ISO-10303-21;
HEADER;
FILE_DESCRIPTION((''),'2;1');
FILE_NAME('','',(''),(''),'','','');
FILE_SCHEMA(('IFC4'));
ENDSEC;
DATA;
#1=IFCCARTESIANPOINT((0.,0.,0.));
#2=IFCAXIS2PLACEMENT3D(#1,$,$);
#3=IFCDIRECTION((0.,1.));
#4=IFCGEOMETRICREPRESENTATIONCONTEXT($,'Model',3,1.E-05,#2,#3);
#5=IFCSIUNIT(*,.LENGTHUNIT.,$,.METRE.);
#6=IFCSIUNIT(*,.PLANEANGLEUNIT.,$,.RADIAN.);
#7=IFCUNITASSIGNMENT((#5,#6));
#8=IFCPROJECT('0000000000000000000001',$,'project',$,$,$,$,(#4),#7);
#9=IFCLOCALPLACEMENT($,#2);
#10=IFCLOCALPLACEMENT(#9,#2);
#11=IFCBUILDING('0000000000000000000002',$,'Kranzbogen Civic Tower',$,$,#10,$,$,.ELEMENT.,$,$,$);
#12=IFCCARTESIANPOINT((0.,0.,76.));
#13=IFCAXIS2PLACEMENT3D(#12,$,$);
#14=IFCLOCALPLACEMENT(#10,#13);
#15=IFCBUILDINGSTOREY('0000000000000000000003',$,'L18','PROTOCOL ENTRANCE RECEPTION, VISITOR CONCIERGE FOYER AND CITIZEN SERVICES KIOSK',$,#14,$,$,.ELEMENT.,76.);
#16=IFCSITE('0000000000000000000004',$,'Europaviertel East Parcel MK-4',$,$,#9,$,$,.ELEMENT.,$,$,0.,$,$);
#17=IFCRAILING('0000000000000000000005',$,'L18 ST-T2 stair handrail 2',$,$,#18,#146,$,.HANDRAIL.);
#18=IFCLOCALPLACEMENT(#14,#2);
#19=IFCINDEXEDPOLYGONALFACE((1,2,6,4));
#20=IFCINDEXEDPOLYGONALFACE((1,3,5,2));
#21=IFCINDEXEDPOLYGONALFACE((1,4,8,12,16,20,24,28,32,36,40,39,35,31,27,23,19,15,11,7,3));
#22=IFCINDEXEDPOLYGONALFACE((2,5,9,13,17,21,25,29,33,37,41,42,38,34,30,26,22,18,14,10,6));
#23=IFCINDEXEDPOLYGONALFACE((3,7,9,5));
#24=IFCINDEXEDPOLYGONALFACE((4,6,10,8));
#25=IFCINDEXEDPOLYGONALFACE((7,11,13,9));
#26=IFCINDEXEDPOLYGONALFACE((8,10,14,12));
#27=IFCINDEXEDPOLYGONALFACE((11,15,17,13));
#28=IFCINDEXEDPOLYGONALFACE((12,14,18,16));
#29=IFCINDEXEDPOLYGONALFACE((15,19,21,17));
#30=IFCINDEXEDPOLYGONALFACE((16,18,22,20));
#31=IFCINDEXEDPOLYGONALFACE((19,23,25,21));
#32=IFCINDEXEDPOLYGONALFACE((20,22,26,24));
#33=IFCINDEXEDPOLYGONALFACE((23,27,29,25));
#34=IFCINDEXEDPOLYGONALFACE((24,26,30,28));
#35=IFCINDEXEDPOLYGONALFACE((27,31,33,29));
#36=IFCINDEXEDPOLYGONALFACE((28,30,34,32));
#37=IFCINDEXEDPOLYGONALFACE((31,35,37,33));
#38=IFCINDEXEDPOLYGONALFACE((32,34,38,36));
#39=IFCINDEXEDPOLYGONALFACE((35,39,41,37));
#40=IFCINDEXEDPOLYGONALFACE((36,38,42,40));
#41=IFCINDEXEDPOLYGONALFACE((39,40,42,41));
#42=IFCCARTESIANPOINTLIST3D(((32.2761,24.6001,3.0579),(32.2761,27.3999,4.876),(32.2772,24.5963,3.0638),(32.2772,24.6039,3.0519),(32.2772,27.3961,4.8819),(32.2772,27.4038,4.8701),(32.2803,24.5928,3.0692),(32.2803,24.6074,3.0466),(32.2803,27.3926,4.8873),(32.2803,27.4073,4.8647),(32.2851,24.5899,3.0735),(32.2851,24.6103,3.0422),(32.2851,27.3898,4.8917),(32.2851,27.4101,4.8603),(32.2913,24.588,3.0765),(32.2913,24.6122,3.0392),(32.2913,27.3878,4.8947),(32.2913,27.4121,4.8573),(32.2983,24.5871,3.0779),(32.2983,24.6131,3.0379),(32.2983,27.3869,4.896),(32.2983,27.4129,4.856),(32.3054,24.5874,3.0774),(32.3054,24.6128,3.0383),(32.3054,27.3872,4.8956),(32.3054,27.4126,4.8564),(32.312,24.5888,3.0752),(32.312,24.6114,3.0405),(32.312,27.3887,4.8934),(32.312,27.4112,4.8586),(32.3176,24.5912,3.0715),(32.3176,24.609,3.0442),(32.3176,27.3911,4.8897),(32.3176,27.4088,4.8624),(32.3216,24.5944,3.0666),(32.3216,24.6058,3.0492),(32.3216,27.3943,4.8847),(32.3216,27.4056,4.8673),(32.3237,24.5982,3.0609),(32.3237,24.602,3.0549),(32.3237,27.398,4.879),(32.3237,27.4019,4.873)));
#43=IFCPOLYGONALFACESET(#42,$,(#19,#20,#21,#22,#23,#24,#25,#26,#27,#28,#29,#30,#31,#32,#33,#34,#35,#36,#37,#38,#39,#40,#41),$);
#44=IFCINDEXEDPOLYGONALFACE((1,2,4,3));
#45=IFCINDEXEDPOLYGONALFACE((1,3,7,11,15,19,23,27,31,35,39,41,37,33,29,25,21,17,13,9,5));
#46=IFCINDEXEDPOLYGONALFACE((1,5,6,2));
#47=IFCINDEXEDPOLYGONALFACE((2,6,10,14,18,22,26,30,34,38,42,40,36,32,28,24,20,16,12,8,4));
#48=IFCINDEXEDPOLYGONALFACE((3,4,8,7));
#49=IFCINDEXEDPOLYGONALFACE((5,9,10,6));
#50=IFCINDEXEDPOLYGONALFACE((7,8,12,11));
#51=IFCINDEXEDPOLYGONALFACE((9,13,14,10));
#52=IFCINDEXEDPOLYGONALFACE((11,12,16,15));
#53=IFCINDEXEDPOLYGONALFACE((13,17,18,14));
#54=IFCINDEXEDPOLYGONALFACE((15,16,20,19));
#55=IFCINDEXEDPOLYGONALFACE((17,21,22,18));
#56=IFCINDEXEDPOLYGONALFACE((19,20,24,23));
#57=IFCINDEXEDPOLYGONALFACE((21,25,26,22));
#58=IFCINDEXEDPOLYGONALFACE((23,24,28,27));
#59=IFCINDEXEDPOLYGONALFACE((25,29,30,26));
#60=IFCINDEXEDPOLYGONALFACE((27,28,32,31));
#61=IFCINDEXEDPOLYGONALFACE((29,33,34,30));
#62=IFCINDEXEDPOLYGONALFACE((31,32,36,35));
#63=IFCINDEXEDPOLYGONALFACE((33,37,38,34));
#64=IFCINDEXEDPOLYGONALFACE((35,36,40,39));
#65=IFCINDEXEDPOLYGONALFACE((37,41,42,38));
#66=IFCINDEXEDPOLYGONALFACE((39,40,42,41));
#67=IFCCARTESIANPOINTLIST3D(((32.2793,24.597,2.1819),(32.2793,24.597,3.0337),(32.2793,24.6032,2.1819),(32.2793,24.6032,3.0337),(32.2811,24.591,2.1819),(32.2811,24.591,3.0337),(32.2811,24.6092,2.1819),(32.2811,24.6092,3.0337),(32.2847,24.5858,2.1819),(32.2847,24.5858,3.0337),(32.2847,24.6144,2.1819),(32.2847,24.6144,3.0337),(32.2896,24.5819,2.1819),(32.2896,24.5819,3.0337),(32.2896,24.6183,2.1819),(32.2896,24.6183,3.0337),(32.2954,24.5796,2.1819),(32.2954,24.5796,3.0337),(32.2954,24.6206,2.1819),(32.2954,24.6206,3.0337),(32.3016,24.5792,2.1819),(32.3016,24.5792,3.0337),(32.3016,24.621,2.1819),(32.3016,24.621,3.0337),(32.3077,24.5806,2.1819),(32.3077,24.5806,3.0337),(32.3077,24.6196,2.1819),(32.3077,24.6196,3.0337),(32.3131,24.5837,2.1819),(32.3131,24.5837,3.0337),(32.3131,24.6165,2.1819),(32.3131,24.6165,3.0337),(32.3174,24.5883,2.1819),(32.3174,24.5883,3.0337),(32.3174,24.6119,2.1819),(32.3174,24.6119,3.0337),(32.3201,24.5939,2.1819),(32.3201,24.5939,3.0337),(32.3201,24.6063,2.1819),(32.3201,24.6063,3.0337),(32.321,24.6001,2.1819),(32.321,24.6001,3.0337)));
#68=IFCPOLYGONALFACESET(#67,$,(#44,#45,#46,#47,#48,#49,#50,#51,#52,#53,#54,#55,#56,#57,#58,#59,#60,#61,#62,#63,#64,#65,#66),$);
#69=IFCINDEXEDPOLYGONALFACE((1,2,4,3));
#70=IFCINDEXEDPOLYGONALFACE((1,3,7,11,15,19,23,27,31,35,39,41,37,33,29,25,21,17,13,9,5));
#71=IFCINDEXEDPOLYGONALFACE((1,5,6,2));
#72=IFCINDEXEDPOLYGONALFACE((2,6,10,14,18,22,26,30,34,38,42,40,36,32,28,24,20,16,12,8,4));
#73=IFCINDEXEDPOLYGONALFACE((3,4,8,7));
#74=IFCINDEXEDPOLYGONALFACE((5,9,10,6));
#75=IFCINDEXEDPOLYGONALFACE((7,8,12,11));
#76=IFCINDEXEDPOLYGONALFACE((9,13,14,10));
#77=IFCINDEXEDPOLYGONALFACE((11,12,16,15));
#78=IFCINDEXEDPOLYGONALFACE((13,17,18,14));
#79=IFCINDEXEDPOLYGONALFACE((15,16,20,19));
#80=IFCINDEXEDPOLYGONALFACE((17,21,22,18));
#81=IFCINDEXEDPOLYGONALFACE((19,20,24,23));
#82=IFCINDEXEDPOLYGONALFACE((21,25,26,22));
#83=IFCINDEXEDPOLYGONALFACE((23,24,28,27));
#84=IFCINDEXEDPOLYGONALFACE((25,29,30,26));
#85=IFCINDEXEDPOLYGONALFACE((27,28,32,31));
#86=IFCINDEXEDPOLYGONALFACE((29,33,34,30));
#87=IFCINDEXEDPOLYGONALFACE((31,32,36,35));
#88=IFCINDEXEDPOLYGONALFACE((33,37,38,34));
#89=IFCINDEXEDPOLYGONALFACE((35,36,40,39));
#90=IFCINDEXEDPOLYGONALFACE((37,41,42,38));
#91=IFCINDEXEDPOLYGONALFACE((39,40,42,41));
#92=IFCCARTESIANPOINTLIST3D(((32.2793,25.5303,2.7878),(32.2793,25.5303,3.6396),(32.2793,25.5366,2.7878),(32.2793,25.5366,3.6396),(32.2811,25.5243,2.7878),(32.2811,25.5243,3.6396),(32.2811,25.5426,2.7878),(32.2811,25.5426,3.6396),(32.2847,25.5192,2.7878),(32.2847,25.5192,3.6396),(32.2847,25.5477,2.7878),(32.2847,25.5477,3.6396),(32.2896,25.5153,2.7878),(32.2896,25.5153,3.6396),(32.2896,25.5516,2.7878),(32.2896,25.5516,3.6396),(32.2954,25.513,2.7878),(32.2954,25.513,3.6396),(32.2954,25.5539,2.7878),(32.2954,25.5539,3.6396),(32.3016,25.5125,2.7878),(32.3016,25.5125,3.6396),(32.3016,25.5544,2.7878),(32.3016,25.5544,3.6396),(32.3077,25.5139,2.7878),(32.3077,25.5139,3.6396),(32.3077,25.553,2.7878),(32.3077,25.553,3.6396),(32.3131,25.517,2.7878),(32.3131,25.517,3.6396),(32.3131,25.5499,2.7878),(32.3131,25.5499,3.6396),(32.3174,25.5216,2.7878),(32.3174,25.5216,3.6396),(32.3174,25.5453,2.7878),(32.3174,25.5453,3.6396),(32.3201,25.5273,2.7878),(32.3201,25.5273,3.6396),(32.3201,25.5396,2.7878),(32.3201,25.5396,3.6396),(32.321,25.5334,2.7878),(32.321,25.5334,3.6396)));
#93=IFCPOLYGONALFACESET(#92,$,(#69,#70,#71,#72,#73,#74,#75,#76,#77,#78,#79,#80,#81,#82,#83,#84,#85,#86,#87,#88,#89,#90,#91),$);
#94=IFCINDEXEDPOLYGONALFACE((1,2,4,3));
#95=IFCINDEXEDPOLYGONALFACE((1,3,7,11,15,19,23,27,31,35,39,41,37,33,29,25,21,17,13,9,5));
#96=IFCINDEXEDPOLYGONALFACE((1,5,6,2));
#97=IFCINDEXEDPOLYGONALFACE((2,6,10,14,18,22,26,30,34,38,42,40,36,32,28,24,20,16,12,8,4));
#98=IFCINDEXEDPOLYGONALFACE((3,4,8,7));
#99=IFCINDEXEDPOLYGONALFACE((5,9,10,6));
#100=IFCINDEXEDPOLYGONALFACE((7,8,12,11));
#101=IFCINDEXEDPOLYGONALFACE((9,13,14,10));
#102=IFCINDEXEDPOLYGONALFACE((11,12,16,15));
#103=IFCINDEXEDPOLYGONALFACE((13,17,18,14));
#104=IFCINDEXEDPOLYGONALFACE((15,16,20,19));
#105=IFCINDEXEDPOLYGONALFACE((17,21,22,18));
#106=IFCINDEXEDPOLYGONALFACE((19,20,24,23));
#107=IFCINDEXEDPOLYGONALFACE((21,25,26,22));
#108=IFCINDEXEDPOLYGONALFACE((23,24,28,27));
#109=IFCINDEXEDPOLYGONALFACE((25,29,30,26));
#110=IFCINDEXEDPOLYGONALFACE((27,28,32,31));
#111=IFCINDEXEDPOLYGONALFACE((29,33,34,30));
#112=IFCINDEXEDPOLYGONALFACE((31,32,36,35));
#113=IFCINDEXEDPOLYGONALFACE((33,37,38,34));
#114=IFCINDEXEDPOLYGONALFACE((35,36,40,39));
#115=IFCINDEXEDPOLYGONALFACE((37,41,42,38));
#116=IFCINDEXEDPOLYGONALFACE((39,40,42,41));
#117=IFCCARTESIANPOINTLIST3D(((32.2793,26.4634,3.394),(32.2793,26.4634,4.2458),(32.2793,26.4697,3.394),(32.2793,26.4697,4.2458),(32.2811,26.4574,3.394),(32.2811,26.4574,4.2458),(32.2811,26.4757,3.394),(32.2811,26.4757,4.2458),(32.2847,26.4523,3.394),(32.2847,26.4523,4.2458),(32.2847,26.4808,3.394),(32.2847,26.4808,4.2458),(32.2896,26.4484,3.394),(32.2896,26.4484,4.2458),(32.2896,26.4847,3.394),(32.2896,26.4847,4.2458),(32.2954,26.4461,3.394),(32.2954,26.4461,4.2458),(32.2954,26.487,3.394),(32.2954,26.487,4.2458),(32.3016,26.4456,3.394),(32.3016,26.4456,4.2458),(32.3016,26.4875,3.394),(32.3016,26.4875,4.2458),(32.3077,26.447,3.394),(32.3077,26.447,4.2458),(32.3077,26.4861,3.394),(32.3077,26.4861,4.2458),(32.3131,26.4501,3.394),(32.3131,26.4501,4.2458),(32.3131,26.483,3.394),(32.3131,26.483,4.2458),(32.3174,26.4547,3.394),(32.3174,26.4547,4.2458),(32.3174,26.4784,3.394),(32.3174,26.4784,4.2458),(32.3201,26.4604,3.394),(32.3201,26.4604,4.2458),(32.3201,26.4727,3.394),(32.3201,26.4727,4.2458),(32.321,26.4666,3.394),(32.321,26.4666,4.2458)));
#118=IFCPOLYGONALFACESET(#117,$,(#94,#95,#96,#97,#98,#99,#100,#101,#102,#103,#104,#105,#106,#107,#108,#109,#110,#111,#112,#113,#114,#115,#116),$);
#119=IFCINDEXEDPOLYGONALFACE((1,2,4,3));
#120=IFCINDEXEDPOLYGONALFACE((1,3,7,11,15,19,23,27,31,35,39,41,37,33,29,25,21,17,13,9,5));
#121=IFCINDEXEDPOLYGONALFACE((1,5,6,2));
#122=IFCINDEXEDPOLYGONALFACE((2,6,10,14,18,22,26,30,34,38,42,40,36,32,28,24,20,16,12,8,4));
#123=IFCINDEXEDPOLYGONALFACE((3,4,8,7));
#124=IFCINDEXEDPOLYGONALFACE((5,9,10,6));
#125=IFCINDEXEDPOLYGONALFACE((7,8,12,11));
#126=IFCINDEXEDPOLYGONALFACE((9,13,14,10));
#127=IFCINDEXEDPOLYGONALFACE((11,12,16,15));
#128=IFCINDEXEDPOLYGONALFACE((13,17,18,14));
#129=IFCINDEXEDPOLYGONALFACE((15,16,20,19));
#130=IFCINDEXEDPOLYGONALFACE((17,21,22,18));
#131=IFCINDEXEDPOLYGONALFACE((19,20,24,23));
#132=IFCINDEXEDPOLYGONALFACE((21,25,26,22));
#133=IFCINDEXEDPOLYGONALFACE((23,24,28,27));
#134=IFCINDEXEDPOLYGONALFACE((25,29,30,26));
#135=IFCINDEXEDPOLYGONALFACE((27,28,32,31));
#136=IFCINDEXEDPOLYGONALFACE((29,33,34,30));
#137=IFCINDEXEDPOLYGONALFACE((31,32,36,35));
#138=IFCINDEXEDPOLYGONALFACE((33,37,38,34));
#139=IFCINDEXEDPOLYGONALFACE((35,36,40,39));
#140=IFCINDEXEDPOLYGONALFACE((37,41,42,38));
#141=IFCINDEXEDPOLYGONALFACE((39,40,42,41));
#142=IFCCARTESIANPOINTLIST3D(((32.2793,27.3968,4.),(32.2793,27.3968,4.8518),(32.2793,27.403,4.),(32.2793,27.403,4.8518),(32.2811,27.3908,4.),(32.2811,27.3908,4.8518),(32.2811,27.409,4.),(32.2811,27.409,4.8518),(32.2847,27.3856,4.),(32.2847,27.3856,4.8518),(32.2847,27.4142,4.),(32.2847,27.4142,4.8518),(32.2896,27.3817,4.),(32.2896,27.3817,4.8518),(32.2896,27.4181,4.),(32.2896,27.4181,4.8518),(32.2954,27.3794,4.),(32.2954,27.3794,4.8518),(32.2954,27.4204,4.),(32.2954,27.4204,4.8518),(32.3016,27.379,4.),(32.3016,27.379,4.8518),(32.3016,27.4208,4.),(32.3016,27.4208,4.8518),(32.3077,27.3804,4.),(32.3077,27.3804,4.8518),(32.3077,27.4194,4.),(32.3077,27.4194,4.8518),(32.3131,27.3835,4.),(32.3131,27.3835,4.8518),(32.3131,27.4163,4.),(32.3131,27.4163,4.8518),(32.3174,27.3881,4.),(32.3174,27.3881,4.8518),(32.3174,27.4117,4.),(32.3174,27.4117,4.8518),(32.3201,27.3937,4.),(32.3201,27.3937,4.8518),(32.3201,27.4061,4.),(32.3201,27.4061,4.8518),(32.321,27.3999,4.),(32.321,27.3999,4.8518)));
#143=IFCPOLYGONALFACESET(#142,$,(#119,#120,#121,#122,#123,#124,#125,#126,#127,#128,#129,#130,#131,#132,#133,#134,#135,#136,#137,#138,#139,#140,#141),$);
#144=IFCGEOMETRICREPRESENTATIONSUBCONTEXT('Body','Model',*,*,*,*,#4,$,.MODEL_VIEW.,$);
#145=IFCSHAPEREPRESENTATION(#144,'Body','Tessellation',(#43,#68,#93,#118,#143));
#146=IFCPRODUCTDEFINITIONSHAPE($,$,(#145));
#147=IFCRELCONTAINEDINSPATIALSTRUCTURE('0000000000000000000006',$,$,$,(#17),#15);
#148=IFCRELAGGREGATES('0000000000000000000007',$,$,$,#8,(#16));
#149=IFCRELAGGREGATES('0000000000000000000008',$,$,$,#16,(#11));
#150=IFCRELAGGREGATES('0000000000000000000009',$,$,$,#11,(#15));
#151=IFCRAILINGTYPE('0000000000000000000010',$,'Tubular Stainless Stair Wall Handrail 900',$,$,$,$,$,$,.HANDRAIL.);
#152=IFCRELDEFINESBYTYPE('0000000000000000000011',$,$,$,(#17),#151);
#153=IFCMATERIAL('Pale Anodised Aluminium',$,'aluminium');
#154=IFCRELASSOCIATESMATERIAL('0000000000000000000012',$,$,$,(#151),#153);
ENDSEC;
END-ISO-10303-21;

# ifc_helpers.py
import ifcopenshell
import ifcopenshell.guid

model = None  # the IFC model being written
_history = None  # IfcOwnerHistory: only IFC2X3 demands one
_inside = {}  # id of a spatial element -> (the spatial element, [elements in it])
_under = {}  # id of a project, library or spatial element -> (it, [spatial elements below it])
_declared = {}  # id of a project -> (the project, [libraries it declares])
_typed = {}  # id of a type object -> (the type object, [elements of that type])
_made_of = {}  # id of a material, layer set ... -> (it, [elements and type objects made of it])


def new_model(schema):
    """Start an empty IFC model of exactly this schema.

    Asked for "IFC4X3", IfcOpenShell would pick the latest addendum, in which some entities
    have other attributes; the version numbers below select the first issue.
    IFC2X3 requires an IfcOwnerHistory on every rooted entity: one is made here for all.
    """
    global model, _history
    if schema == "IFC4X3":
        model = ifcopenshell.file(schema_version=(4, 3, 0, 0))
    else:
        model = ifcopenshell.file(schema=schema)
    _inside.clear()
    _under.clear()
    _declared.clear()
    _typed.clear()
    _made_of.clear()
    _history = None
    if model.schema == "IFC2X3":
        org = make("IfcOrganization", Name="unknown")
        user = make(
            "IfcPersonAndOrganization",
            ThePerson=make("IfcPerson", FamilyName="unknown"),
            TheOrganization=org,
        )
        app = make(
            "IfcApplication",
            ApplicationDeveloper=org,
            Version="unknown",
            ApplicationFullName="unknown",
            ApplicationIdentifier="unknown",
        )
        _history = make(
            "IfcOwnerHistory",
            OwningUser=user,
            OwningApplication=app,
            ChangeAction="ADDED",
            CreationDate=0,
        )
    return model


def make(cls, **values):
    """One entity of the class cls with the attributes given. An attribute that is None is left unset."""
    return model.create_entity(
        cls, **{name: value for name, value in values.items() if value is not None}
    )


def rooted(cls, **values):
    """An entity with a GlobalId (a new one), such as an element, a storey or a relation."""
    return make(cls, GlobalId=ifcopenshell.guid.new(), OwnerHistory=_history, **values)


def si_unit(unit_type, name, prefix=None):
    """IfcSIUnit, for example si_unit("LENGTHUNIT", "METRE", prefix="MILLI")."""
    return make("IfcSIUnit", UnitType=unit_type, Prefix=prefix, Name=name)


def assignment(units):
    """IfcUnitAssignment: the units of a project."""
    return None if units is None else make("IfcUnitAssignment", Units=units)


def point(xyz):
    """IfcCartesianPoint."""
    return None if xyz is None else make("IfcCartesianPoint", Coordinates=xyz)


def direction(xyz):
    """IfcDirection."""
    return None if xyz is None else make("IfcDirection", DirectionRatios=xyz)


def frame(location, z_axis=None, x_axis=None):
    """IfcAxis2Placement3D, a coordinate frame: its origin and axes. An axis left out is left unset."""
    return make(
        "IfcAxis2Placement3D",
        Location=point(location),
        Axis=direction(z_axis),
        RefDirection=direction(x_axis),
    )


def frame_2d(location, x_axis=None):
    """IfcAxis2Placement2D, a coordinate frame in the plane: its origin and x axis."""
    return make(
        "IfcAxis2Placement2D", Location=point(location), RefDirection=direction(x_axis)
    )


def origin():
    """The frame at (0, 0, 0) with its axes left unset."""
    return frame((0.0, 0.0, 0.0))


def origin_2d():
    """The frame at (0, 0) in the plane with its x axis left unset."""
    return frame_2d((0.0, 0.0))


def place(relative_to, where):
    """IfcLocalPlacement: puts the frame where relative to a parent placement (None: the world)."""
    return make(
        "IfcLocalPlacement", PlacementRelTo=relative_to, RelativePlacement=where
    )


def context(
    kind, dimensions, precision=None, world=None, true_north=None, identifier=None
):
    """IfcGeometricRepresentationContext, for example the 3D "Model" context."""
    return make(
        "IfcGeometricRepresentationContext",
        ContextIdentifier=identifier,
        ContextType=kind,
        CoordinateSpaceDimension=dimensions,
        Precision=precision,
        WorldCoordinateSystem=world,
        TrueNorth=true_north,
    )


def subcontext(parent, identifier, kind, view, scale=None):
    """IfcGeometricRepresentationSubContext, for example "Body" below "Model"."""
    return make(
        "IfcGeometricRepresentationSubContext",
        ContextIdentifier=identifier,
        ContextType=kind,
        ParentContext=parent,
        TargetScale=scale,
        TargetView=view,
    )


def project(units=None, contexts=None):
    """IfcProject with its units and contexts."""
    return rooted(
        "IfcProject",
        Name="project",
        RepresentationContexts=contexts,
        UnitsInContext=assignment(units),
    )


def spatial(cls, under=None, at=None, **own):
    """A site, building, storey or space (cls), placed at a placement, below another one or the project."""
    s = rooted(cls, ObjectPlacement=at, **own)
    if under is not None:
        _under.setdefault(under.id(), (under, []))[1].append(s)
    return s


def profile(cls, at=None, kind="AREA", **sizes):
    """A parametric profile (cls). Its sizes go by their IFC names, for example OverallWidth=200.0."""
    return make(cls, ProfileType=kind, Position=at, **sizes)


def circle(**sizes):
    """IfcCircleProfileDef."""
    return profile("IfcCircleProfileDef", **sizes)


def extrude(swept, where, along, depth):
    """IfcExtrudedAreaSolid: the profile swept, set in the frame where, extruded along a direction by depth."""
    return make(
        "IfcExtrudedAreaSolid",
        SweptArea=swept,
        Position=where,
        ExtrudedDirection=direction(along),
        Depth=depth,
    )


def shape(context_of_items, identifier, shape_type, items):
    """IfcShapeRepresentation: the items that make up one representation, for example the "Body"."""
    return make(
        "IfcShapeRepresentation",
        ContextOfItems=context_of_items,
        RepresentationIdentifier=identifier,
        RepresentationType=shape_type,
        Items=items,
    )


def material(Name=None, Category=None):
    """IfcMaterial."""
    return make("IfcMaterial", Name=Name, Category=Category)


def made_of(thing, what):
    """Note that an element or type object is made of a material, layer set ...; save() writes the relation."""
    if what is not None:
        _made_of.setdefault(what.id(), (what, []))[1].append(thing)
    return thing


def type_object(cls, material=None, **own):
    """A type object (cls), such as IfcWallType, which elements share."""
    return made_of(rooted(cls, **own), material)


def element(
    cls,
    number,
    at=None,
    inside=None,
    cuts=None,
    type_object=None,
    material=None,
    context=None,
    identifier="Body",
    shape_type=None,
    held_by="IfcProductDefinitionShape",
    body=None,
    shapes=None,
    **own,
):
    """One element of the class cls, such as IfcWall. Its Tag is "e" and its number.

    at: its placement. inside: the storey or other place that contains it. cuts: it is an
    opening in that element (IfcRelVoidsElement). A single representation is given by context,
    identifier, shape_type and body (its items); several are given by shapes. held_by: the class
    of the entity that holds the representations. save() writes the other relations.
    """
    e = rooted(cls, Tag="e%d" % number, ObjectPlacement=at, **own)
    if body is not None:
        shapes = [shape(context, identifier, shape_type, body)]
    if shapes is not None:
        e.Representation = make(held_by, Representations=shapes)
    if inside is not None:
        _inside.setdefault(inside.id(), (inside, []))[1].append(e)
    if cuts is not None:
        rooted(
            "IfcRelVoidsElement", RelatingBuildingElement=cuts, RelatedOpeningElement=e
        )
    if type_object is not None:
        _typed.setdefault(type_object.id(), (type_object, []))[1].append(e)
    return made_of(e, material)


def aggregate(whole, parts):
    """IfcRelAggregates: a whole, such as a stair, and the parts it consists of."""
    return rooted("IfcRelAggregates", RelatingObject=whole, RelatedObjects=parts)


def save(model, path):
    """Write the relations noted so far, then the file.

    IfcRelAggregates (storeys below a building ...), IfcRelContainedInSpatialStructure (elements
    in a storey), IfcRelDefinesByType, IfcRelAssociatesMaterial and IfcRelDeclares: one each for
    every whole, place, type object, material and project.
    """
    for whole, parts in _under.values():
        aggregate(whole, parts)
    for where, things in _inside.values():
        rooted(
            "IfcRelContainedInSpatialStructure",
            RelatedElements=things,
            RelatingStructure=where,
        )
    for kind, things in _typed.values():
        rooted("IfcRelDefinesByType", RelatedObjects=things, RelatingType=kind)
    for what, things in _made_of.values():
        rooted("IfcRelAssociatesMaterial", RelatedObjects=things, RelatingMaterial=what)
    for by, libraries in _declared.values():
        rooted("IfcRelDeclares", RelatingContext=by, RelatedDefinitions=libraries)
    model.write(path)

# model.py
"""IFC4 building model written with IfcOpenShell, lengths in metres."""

from ifc_helpers import new_model, si_unit, direction, frame, origin, origin_2d, place, context, subcontext, project, spatial, circle, extrude, material, type_object, element, save


model = new_model("IFC4")

# Units and contexts
model_context = context("Model", 3, precision=1e-05, world=origin(), true_north=direction((0.0, 1.0)))
body_context = subcontext(model_context, "Body", "Model", "MODEL_VIEW")
ifc_project = project(units=[si_unit("LENGTHUNIT", "METRE"), si_unit("PLANEANGLEUNIT", "RADIAN")], contexts=[model_context])

# Site, building, storey
site_placement = place(None, origin())
site = spatial("IfcSite", under=ifc_project, at=site_placement, Name="Europaviertel East Parcel MK-4", CompositionType="ELEMENT", RefElevation=0.0)
building_placement = place(site_placement, origin())
building = spatial("IfcBuilding", under=site, at=building_placement, Name="Kranzbogen Civic Tower", CompositionType="ELEMENT")
storey_placement = place(building_placement, frame((0.0, 0.0, 76.0)))
storey = spatial("IfcBuildingStorey", under=building, at=storey_placement, Name="L18", Description="PROTOCOL ENTRANCE RECEPTION, VISITOR CONCIERGE FOYER AND CITIZEN SERVICES KIOSK", CompositionType="ELEMENT", Elevation=76.0)

# Shared definitions
ifc_material_1 = material(Name="Pale Anodised Aluminium", Category="aluminium")

# Railing
railing_type_1 = type_object("IfcRailingType", Name="Tubular Stainless Stair Wall Handrail 900", PredefinedType="HANDRAIL", material=ifc_material_1)
railing_1_placement = place(storey_placement, frame((32.3, 24.6001, 2.1819)))
element("IfcRailing", 1, at=railing_1_placement, inside=storey, type_object=railing_type_1, Name="L18 ST-T2 stair handrail 2", PredefinedType="HANDRAIL", context=body_context, shape_type="SweptSolid", body=[
    extrude(circle(Radius=0.0239, at=origin_2d()), frame((0.0, 0.0, 0.876), z_axis=(0.0, 0.838684, 0.544618), x_axis=(-1.0, 0.0, 0.0)), (0.0, 0.0, 1.0), 3.3384),
    extrude(circle(Radius=0.021, at=origin_2d()), origin(), (0.0, 0.0, 1.0), 0.8518),
    extrude(circle(Radius=0.021, at=origin_2d()), frame((0.0, 0.9333, 0.606)), (0.0, 0.0, 1.0), 0.8518),
    extrude(circle(Radius=0.021, at=origin_2d()), frame((0.0, 1.8665, 1.2122)), (0.0, 0.0, 1.0), 0.8518),
    extrude(circle(Radius=0.021, at=origin_2d()), frame((0.0, 2.7998, 1.8181)), (0.0, 0.0, 1.0), 0.8518),
])

save(model, "model.ifc")
